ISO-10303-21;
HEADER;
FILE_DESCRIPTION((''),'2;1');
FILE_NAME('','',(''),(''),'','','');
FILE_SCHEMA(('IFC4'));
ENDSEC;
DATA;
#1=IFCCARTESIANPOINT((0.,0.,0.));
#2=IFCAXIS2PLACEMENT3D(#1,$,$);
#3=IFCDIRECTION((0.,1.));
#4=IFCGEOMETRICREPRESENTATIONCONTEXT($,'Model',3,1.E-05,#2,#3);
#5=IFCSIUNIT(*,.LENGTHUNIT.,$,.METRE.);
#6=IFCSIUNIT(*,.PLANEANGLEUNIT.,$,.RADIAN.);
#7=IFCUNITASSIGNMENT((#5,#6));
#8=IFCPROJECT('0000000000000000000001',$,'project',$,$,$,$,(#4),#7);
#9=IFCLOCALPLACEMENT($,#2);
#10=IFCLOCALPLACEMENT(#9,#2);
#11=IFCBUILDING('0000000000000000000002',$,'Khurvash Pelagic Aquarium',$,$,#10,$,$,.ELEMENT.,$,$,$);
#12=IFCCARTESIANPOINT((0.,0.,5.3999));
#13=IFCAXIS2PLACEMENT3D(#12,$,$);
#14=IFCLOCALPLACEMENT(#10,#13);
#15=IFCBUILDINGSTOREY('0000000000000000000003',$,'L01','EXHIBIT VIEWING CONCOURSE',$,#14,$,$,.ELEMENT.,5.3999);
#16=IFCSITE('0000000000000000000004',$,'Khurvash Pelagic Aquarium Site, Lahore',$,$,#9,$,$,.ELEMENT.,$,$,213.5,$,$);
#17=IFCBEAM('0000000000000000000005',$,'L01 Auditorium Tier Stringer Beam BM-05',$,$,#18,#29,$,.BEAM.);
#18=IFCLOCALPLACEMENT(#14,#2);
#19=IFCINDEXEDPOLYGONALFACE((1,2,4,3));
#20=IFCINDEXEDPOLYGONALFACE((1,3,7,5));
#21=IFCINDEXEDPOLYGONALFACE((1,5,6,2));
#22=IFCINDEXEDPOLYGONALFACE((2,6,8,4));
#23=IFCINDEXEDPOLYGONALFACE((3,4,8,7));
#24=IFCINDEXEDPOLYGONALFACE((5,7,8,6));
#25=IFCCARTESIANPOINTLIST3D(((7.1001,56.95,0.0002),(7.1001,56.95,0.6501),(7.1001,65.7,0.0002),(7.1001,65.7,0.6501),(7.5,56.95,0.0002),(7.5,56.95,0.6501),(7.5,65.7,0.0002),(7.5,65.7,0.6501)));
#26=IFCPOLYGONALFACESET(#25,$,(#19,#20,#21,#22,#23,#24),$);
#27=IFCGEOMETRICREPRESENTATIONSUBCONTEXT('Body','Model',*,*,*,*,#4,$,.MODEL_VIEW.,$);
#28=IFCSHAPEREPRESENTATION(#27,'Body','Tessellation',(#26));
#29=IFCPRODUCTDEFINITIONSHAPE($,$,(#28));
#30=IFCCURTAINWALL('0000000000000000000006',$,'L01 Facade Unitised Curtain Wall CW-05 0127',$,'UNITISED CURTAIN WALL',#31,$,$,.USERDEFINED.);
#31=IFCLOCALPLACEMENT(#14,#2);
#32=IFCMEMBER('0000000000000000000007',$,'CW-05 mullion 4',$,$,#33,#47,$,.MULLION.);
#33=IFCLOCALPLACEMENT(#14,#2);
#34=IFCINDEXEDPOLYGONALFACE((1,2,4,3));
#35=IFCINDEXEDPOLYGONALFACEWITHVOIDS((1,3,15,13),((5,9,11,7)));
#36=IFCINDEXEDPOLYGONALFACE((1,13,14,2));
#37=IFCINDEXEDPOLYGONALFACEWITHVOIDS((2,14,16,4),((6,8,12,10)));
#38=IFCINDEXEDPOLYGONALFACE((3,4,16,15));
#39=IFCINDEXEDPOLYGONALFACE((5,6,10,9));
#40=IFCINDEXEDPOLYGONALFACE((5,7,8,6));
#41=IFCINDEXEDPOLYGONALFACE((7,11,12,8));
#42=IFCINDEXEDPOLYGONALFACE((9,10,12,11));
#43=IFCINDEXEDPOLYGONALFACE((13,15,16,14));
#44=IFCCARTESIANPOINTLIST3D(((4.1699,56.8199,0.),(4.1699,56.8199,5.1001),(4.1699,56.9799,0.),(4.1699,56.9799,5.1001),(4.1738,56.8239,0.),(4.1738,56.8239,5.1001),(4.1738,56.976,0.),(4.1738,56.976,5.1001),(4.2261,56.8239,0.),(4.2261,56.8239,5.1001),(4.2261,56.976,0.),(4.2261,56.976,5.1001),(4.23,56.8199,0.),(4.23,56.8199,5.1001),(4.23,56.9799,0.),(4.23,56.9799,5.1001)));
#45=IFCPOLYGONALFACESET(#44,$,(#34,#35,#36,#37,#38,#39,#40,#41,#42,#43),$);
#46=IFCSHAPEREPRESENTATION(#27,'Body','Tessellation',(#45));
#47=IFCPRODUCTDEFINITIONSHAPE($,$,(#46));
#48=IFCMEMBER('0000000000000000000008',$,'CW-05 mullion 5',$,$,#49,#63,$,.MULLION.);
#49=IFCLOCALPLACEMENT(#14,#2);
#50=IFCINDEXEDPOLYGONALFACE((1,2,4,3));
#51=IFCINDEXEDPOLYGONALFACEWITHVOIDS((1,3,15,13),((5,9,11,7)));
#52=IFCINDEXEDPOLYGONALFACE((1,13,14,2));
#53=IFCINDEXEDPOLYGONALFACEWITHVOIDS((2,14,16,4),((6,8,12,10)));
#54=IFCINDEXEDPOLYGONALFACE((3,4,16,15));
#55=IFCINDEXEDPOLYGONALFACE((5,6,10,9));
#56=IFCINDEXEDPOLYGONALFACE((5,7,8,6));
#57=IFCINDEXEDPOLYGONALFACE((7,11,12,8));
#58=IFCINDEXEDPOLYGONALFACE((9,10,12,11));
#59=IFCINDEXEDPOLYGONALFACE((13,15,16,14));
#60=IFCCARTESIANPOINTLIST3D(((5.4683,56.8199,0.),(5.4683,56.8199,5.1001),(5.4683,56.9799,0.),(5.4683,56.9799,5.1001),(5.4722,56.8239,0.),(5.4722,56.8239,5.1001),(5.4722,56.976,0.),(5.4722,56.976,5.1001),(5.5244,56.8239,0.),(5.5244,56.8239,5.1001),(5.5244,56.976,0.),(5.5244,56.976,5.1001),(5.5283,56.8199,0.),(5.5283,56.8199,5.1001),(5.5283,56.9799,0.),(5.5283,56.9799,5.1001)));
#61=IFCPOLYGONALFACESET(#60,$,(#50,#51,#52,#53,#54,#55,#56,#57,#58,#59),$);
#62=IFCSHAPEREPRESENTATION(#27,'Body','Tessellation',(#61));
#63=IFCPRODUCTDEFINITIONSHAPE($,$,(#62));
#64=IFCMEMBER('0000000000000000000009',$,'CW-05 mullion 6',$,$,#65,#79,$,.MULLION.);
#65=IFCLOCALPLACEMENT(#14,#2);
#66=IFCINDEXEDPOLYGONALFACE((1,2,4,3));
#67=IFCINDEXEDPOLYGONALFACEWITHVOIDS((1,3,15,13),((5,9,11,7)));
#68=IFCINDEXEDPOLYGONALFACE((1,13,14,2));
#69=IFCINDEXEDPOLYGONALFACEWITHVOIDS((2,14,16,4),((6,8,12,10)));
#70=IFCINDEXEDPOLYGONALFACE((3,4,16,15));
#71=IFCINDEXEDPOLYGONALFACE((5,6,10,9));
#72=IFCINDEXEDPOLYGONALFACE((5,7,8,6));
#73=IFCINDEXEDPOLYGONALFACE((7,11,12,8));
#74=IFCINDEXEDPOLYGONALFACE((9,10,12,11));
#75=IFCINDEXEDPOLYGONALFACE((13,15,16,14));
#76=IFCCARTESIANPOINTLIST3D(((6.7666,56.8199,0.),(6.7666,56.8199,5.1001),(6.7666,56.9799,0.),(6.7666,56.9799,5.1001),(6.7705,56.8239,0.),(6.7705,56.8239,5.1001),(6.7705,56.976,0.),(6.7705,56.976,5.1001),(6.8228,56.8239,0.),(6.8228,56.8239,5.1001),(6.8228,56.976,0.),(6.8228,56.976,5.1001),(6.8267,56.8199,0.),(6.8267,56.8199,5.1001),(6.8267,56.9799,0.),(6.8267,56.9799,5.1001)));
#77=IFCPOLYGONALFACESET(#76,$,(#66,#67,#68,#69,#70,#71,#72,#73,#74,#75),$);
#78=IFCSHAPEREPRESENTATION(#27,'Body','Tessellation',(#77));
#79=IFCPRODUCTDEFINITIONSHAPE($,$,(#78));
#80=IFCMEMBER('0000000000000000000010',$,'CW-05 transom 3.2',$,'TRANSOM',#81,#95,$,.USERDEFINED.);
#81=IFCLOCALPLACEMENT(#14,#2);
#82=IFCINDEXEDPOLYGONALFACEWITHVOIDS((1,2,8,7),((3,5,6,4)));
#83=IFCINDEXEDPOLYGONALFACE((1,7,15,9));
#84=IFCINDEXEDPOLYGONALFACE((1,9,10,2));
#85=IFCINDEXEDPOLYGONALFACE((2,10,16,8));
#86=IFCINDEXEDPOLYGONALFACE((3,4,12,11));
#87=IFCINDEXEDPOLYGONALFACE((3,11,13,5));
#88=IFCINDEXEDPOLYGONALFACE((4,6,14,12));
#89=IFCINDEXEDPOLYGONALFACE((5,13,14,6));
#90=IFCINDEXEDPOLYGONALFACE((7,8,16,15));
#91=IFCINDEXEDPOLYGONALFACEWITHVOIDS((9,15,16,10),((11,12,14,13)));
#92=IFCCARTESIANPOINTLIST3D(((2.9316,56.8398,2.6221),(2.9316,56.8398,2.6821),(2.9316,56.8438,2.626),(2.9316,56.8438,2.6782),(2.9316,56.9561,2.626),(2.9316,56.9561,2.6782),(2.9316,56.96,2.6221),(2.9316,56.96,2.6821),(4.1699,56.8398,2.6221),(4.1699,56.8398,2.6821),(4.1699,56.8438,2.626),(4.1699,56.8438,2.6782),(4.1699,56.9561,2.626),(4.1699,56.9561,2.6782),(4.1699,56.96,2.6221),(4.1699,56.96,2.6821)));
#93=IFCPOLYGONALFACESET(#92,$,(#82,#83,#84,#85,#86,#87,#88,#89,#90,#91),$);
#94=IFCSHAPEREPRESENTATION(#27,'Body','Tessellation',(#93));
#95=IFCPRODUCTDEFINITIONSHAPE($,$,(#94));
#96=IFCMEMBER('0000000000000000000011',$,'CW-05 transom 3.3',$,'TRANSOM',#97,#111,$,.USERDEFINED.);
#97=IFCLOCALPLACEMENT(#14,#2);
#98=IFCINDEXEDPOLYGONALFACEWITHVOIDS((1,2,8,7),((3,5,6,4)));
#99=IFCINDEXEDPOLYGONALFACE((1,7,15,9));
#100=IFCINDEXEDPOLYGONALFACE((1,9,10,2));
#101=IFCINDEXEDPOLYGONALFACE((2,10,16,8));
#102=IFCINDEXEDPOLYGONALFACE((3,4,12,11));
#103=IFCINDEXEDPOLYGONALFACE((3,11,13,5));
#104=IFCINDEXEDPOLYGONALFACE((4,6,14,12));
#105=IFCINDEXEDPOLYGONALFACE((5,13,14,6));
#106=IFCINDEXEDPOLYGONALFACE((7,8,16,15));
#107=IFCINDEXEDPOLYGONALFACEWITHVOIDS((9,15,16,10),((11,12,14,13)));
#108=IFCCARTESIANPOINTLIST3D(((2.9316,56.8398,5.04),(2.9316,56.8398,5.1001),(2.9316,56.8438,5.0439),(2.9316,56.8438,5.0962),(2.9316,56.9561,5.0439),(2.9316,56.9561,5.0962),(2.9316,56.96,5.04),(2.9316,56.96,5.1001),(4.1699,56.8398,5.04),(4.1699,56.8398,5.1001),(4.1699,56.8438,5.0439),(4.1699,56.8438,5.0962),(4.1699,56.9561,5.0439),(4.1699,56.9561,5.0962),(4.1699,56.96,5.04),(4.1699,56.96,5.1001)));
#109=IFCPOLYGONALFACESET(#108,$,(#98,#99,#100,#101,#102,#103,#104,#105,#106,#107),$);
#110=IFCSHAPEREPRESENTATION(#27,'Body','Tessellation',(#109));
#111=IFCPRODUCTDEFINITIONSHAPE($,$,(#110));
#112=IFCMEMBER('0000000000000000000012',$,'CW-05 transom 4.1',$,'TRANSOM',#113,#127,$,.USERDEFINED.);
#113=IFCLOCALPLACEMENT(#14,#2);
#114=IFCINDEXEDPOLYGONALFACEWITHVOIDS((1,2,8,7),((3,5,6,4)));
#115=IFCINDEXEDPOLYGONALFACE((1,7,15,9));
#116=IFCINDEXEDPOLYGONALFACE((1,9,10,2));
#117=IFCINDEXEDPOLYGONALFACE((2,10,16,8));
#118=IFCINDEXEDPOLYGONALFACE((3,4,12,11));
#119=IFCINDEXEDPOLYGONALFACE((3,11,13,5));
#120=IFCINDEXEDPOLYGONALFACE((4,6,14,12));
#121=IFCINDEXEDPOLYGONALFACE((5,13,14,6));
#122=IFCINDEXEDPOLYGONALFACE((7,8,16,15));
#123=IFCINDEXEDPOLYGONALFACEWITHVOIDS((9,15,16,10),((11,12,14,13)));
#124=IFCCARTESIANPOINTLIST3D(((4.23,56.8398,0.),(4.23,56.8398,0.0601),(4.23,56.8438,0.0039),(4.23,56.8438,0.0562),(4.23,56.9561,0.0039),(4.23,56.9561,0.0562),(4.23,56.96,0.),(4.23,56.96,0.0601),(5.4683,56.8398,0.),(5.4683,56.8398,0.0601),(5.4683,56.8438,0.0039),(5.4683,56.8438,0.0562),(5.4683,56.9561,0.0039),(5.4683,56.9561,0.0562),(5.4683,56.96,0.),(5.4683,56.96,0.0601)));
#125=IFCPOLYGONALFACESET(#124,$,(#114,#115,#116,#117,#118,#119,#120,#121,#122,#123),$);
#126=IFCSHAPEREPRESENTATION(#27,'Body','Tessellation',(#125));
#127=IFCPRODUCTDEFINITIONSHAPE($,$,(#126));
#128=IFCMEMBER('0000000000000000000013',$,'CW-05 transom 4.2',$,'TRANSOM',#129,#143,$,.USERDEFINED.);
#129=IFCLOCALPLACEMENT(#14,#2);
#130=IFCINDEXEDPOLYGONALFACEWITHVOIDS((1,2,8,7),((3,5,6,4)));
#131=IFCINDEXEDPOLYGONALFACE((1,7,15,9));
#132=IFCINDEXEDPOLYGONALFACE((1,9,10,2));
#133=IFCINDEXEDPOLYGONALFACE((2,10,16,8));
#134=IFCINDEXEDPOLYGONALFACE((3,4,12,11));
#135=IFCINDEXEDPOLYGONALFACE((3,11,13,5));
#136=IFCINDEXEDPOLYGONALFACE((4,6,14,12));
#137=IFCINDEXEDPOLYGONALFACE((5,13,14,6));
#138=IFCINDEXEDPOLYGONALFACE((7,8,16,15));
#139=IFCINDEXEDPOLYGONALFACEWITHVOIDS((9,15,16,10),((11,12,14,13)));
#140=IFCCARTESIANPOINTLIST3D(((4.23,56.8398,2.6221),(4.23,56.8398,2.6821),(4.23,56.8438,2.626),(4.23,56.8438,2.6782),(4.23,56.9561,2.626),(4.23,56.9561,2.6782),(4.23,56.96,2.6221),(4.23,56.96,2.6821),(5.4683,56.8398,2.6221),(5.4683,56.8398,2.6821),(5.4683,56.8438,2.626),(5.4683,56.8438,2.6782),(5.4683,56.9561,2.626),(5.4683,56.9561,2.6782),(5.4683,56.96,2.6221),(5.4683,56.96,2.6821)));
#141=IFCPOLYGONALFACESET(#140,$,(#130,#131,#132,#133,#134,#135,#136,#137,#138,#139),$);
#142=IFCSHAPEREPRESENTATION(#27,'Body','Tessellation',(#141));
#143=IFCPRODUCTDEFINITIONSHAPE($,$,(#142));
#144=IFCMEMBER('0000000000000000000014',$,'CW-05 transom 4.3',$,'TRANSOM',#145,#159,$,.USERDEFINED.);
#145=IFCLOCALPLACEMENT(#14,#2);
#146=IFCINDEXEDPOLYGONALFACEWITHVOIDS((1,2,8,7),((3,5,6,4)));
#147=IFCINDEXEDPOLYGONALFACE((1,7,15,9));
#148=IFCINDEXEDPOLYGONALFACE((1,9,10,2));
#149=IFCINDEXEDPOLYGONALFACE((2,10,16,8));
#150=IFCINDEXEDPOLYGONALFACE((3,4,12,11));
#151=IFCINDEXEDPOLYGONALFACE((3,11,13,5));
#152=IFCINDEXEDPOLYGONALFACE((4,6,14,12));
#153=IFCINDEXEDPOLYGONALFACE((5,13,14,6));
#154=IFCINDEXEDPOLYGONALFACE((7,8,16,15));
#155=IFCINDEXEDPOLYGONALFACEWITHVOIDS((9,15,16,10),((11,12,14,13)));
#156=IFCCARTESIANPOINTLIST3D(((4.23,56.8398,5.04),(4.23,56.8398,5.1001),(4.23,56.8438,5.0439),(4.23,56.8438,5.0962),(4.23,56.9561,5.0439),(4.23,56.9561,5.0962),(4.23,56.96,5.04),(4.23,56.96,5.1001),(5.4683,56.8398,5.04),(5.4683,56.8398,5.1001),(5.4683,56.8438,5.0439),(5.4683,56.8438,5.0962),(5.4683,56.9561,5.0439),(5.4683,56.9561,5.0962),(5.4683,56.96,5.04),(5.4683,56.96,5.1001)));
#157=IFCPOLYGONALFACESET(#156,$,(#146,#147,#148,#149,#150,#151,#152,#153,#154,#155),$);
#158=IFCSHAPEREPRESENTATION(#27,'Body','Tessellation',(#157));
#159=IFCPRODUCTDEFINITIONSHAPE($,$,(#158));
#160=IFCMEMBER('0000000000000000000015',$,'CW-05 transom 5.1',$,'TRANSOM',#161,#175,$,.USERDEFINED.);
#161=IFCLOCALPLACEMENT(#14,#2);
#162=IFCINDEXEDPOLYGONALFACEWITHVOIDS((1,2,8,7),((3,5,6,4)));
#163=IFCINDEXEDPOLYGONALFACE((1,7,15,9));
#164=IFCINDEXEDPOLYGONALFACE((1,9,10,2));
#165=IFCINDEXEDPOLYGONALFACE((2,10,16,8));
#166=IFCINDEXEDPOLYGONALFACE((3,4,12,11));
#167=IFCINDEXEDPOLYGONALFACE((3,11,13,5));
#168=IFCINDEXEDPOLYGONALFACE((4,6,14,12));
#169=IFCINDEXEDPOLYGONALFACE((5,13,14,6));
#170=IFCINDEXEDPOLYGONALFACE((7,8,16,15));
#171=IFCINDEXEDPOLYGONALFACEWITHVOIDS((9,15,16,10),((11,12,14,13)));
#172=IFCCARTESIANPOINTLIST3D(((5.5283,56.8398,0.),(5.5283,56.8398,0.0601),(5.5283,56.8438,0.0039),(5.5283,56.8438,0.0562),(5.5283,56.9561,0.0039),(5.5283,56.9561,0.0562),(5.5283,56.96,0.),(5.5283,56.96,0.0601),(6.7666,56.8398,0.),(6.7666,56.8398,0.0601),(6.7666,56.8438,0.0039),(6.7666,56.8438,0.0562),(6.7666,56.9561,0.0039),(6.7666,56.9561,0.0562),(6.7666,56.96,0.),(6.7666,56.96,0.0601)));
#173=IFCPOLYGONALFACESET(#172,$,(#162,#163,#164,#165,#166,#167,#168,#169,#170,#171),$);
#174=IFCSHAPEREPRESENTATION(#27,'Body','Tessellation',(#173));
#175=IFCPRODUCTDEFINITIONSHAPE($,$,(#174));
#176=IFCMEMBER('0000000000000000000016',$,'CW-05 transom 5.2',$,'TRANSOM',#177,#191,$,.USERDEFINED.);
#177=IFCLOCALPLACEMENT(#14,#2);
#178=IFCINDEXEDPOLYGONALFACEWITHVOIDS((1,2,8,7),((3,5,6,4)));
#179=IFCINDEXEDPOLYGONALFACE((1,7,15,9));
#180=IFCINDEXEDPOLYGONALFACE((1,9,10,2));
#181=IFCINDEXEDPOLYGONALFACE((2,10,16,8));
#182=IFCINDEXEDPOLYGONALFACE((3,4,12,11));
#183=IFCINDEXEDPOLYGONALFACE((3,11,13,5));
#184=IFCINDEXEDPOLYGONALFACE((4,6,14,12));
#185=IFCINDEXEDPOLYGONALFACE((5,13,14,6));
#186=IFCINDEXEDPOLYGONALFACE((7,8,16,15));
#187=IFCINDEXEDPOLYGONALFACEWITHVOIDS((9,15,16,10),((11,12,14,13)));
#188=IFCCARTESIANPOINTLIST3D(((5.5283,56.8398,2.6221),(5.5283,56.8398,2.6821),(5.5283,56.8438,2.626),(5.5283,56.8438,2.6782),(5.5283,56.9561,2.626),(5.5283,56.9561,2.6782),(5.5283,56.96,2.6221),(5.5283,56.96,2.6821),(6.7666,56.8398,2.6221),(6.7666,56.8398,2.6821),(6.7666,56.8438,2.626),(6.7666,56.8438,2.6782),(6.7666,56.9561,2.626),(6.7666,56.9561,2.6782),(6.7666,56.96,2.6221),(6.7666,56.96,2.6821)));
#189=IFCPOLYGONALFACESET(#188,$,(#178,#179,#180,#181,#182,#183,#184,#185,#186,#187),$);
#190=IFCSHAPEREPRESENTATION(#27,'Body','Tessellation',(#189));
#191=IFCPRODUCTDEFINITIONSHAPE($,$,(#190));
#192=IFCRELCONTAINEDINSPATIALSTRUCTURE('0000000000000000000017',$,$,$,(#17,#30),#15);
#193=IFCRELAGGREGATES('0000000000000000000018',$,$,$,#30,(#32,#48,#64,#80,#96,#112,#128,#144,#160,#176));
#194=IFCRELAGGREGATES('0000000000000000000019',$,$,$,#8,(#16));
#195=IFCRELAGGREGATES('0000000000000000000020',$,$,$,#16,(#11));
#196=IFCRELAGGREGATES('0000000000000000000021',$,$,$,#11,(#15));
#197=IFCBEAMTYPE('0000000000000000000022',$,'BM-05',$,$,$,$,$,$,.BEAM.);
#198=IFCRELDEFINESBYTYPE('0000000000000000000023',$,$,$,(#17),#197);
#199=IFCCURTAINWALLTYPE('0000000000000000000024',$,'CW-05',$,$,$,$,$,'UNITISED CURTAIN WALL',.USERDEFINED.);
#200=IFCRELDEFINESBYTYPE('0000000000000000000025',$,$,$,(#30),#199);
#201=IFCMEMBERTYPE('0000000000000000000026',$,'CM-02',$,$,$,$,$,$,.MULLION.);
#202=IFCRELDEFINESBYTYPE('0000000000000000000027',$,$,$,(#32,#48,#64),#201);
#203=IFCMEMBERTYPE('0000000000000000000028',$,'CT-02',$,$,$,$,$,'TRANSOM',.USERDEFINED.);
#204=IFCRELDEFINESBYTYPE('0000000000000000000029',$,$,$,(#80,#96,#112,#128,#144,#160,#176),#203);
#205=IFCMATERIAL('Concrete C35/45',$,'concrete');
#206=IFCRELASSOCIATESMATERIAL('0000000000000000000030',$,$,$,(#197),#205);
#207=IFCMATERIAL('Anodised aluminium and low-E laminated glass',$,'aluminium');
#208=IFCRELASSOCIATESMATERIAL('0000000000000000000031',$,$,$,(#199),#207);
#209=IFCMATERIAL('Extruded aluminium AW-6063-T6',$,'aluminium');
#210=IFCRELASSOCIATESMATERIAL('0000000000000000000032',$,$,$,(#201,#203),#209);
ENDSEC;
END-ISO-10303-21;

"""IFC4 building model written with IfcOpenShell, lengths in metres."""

from ifc_helpers import new_model, si_unit, direction, frame, origin, origin_2d, place, context, subcontext, project, spatial, rectangle, hollow_rectangle, extrude, material, material_profile, profile_set, type_object, element, aggregate, save


model = new_model("IFC4")

# Units and contexts
model_context = context("Model", 3, precision=1e-05, world=origin(), true_north=direction((0.0, 1.0)))
body_context = subcontext(model_context, "Body", "Model", "MODEL_VIEW")
ifc_project = project(units=[si_unit("LENGTHUNIT", "METRE"), si_unit("PLANEANGLEUNIT", "RADIAN")], contexts=[model_context])

# Site, building, storey
site_placement = place(None, origin())
site = spatial("IfcSite", under=ifc_project, at=site_placement, Name="Khurvash Pelagic Aquarium Site, Lahore", CompositionType="ELEMENT", RefElevation=213.5)
building_placement = place(site_placement, origin())
building = spatial("IfcBuilding", under=site, at=building_placement, Name="Khurvash Pelagic Aquarium", CompositionType="ELEMENT")
storey_placement = place(building_placement, frame((0.0, 0.0, 5.3999)))
storey = spatial("IfcBuildingStorey", under=building, at=storey_placement, Name="L01", Description="EXHIBIT VIEWING CONCOURSE", CompositionType="ELEMENT", Elevation=5.3999)

# Beam
ifc_material_1 = material(Name="Concrete C35/45", Category="concrete")
ifc_material_profile_1 = material_profile(ifc_material_1, rectangle(XDim=0.3999, YDim=0.6499, at=origin_2d()), Name="RC400X650")
ifc_profile_set_1 = profile_set([ifc_material_profile_1], Name="Concrete C35/45")
beam_type = type_object("IfcBeamType", Name="BM-05", PredefinedType="BEAM", material=ifc_profile_set_1)
beam_placement = place(storey_placement, frame((7.3, 56.95, 0.3252), z_axis=(0.0, 1.0, 0.0), x_axis=(-1.0, 0.0, 0.0)))
element("IfcBeam", 1, at=beam_placement, inside=storey, type_object=beam_type, Name="L01 Auditorium Tier Stringer Beam BM-05", PredefinedType="BEAM", context=body_context, shape_type="SweptSolid", body=[
    extrude(rectangle(XDim=0.3999, YDim=0.6499, at=origin_2d()), origin(), (0.0, 0.0, 1.0), 8.75),
])

# Curtain wall, members
ifc_material_2 = material(Name="Anodised aluminium and low-E laminated glass", Category="aluminium")
curtain_wall_type = type_object("IfcCurtainWallType", Name="CW-05", ElementType="UNITISED CURTAIN WALL", PredefinedType="USERDEFINED", material=ifc_material_2)
curtain_wall_placement = place(storey_placement, origin())
curtain_wall = element("IfcCurtainWall", 2, at=curtain_wall_placement, inside=storey, type_object=curtain_wall_type, Name="L01 Facade Unitised Curtain Wall CW-05 0127", ObjectType="UNITISED CURTAIN WALL", PredefinedType="USERDEFINED")
ifc_material_3 = material(Name="Extruded aluminium AW-6063-T6", Category="aluminium")
ifc_material_profile_2 = material_profile(ifc_material_3, hollow_rectangle(XDim=0.0601, YDim=0.1599, WallThickness=0.0039, at=origin_2d()), Name="CWM60X160X4")
ifc_profile_set_2 = profile_set([ifc_material_profile_2], Name="Extruded aluminium AW-6063-T6")
member_type_1 = type_object("IfcMemberType", Name="CM-02", PredefinedType="MULLION", material=ifc_profile_set_2)
member_1_placement = place(storey_placement, frame((4.2, 56.8999, 0.0), z_axis=(0.0, 0.0, 1.0), x_axis=(1.0, 0.0, 0.0)))
member_1 = element("IfcMember", 3, at=member_1_placement, type_object=member_type_1, Name="CW-05 mullion 4", PredefinedType="MULLION", context=body_context, shape_type="SweptSolid", body=[
    extrude(hollow_rectangle(XDim=0.0601, YDim=0.1599, WallThickness=0.0039, at=origin_2d()), origin(), (0.0, 0.0, 1.0), 5.1001),
])
member_2_placement = place(storey_placement, frame((5.4983, 56.8999, 0.0), z_axis=(0.0, 0.0, 1.0), x_axis=(1.0, 0.0, 0.0)))
member_2 = element("IfcMember", 4, at=member_2_placement, type_object=member_type_1, Name="CW-05 mullion 5", PredefinedType="MULLION", context=body_context, shape_type="SweptSolid", body=[
    extrude(hollow_rectangle(XDim=0.0601, YDim=0.1599, WallThickness=0.0039, at=origin_2d()), origin(), (0.0, 0.0, 1.0), 5.1001),
])
member_3_placement = place(storey_placement, frame((6.7966, 56.8999, 0.0), z_axis=(0.0, 0.0, 1.0), x_axis=(1.0, 0.0, 0.0)))
member_3 = element("IfcMember", 5, at=member_3_placement, type_object=member_type_1, Name="CW-05 mullion 6", PredefinedType="MULLION", context=body_context, shape_type="SweptSolid", body=[
    extrude(hollow_rectangle(XDim=0.0601, YDim=0.1599, WallThickness=0.0039, at=origin_2d()), origin(), (0.0, 0.0, 1.0), 5.1001),
])
ifc_material_profile_3 = material_profile(ifc_material_3, hollow_rectangle(XDim=0.1201, YDim=0.0601, WallThickness=0.0039, at=origin_2d()), Name="CWT120X60X4")
ifc_profile_set_3 = profile_set([ifc_material_profile_3], Name="Extruded aluminium AW-6063-T6")
member_type_2 = type_object("IfcMemberType", Name="CT-02", ElementType="TRANSOM", PredefinedType="USERDEFINED", material=ifc_profile_set_3)
member_4_placement = place(storey_placement, frame((2.9316, 56.8999, 2.6521), z_axis=(1.0, 0.0, 0.0), x_axis=(0.0, 1.0, 0.0)))
member_4 = element("IfcMember", 6, at=member_4_placement, type_object=member_type_2, Name="CW-05 transom 3.2", ObjectType="TRANSOM", PredefinedType="USERDEFINED", context=body_context, shape_type="SweptSolid", body=[
    extrude(hollow_rectangle(XDim=0.1201, YDim=0.0601, WallThickness=0.0039, at=origin_2d()), origin(), (0.0, 0.0, 1.0), 1.2383),
])
member_5_placement = place(storey_placement, frame((2.9316, 56.8999, 5.0701), z_axis=(1.0, 0.0, 0.0), x_axis=(0.0, 1.0, 0.0)))
member_5 = element("IfcMember", 7, at=member_5_placement, type_object=member_type_2, Name="CW-05 transom 3.3", ObjectType="TRANSOM", PredefinedType="USERDEFINED", context=body_context, shape_type="SweptSolid", body=[
    extrude(hollow_rectangle(XDim=0.1201, YDim=0.0601, WallThickness=0.0039, at=origin_2d()), origin(), (0.0, 0.0, 1.0), 1.2383),
])
member_6_placement = place(storey_placement, frame((4.23, 56.8999, 0.03), z_axis=(1.0, 0.0, 0.0), x_axis=(0.0, 1.0, 0.0)))
member_6 = element("IfcMember", 8, at=member_6_placement, type_object=member_type_2, Name="CW-05 transom 4.1", ObjectType="TRANSOM", PredefinedType="USERDEFINED", context=body_context, shape_type="SweptSolid", body=[
    extrude(hollow_rectangle(XDim=0.1201, YDim=0.0601, WallThickness=0.0039, at=origin_2d()), origin(), (0.0, 0.0, 1.0), 1.2383),
])
member_7_placement = place(storey_placement, frame((4.23, 56.8999, 2.6521), z_axis=(1.0, 0.0, 0.0), x_axis=(0.0, 1.0, 0.0)))
member_7 = element("IfcMember", 9, at=member_7_placement, type_object=member_type_2, Name="CW-05 transom 4.2", ObjectType="TRANSOM", PredefinedType="USERDEFINED", context=body_context, shape_type="SweptSolid", body=[
    extrude(hollow_rectangle(XDim=0.1201, YDim=0.0601, WallThickness=0.0039, at=origin_2d()), origin(), (0.0, 0.0, 1.0), 1.2383),
])
member_8_placement = place(storey_placement, frame((4.23, 56.8999, 5.0701), z_axis=(1.0, 0.0, 0.0), x_axis=(0.0, 1.0, 0.0)))
member_8 = element("IfcMember", 10, at=member_8_placement, type_object=member_type_2, Name="CW-05 transom 4.3", ObjectType="TRANSOM", PredefinedType="USERDEFINED", context=body_context, shape_type="SweptSolid", body=[
    extrude(hollow_rectangle(XDim=0.1201, YDim=0.0601, WallThickness=0.0039, at=origin_2d()), origin(), (0.0, 0.0, 1.0), 1.2383),
])
member_9_placement = place(storey_placement, frame((5.5283, 56.8999, 0.03), z_axis=(1.0, 0.0, 0.0), x_axis=(0.0, 1.0, 0.0)))
member_9 = element("IfcMember", 11, at=member_9_placement, type_object=member_type_2, Name="CW-05 transom 5.1", ObjectType="TRANSOM", PredefinedType="USERDEFINED", context=body_context, shape_type="SweptSolid", body=[
    extrude(hollow_rectangle(XDim=0.1201, YDim=0.0601, WallThickness=0.0039, at=origin_2d()), origin(), (0.0, 0.0, 1.0), 1.2383),
])
member_10_placement = place(storey_placement, frame((5.5283, 56.8999, 2.6521), z_axis=(1.0, 0.0, 0.0), x_axis=(0.0, 1.0, 0.0)))
member_10 = element("IfcMember", 12, at=member_10_placement, type_object=member_type_2, Name="CW-05 transom 5.2", ObjectType="TRANSOM", PredefinedType="USERDEFINED", context=body_context, shape_type="SweptSolid", body=[
    extrude(hollow_rectangle(XDim=0.1201, YDim=0.0601, WallThickness=0.0039, at=origin_2d()), origin(), (0.0, 0.0, 1.0), 1.2383),
])
aggregate(curtain_wall, [member_1, member_2, member_3, member_4, member_5, member_6, member_7, member_8, member_9, member_10])

save(model, "model.ifc")
